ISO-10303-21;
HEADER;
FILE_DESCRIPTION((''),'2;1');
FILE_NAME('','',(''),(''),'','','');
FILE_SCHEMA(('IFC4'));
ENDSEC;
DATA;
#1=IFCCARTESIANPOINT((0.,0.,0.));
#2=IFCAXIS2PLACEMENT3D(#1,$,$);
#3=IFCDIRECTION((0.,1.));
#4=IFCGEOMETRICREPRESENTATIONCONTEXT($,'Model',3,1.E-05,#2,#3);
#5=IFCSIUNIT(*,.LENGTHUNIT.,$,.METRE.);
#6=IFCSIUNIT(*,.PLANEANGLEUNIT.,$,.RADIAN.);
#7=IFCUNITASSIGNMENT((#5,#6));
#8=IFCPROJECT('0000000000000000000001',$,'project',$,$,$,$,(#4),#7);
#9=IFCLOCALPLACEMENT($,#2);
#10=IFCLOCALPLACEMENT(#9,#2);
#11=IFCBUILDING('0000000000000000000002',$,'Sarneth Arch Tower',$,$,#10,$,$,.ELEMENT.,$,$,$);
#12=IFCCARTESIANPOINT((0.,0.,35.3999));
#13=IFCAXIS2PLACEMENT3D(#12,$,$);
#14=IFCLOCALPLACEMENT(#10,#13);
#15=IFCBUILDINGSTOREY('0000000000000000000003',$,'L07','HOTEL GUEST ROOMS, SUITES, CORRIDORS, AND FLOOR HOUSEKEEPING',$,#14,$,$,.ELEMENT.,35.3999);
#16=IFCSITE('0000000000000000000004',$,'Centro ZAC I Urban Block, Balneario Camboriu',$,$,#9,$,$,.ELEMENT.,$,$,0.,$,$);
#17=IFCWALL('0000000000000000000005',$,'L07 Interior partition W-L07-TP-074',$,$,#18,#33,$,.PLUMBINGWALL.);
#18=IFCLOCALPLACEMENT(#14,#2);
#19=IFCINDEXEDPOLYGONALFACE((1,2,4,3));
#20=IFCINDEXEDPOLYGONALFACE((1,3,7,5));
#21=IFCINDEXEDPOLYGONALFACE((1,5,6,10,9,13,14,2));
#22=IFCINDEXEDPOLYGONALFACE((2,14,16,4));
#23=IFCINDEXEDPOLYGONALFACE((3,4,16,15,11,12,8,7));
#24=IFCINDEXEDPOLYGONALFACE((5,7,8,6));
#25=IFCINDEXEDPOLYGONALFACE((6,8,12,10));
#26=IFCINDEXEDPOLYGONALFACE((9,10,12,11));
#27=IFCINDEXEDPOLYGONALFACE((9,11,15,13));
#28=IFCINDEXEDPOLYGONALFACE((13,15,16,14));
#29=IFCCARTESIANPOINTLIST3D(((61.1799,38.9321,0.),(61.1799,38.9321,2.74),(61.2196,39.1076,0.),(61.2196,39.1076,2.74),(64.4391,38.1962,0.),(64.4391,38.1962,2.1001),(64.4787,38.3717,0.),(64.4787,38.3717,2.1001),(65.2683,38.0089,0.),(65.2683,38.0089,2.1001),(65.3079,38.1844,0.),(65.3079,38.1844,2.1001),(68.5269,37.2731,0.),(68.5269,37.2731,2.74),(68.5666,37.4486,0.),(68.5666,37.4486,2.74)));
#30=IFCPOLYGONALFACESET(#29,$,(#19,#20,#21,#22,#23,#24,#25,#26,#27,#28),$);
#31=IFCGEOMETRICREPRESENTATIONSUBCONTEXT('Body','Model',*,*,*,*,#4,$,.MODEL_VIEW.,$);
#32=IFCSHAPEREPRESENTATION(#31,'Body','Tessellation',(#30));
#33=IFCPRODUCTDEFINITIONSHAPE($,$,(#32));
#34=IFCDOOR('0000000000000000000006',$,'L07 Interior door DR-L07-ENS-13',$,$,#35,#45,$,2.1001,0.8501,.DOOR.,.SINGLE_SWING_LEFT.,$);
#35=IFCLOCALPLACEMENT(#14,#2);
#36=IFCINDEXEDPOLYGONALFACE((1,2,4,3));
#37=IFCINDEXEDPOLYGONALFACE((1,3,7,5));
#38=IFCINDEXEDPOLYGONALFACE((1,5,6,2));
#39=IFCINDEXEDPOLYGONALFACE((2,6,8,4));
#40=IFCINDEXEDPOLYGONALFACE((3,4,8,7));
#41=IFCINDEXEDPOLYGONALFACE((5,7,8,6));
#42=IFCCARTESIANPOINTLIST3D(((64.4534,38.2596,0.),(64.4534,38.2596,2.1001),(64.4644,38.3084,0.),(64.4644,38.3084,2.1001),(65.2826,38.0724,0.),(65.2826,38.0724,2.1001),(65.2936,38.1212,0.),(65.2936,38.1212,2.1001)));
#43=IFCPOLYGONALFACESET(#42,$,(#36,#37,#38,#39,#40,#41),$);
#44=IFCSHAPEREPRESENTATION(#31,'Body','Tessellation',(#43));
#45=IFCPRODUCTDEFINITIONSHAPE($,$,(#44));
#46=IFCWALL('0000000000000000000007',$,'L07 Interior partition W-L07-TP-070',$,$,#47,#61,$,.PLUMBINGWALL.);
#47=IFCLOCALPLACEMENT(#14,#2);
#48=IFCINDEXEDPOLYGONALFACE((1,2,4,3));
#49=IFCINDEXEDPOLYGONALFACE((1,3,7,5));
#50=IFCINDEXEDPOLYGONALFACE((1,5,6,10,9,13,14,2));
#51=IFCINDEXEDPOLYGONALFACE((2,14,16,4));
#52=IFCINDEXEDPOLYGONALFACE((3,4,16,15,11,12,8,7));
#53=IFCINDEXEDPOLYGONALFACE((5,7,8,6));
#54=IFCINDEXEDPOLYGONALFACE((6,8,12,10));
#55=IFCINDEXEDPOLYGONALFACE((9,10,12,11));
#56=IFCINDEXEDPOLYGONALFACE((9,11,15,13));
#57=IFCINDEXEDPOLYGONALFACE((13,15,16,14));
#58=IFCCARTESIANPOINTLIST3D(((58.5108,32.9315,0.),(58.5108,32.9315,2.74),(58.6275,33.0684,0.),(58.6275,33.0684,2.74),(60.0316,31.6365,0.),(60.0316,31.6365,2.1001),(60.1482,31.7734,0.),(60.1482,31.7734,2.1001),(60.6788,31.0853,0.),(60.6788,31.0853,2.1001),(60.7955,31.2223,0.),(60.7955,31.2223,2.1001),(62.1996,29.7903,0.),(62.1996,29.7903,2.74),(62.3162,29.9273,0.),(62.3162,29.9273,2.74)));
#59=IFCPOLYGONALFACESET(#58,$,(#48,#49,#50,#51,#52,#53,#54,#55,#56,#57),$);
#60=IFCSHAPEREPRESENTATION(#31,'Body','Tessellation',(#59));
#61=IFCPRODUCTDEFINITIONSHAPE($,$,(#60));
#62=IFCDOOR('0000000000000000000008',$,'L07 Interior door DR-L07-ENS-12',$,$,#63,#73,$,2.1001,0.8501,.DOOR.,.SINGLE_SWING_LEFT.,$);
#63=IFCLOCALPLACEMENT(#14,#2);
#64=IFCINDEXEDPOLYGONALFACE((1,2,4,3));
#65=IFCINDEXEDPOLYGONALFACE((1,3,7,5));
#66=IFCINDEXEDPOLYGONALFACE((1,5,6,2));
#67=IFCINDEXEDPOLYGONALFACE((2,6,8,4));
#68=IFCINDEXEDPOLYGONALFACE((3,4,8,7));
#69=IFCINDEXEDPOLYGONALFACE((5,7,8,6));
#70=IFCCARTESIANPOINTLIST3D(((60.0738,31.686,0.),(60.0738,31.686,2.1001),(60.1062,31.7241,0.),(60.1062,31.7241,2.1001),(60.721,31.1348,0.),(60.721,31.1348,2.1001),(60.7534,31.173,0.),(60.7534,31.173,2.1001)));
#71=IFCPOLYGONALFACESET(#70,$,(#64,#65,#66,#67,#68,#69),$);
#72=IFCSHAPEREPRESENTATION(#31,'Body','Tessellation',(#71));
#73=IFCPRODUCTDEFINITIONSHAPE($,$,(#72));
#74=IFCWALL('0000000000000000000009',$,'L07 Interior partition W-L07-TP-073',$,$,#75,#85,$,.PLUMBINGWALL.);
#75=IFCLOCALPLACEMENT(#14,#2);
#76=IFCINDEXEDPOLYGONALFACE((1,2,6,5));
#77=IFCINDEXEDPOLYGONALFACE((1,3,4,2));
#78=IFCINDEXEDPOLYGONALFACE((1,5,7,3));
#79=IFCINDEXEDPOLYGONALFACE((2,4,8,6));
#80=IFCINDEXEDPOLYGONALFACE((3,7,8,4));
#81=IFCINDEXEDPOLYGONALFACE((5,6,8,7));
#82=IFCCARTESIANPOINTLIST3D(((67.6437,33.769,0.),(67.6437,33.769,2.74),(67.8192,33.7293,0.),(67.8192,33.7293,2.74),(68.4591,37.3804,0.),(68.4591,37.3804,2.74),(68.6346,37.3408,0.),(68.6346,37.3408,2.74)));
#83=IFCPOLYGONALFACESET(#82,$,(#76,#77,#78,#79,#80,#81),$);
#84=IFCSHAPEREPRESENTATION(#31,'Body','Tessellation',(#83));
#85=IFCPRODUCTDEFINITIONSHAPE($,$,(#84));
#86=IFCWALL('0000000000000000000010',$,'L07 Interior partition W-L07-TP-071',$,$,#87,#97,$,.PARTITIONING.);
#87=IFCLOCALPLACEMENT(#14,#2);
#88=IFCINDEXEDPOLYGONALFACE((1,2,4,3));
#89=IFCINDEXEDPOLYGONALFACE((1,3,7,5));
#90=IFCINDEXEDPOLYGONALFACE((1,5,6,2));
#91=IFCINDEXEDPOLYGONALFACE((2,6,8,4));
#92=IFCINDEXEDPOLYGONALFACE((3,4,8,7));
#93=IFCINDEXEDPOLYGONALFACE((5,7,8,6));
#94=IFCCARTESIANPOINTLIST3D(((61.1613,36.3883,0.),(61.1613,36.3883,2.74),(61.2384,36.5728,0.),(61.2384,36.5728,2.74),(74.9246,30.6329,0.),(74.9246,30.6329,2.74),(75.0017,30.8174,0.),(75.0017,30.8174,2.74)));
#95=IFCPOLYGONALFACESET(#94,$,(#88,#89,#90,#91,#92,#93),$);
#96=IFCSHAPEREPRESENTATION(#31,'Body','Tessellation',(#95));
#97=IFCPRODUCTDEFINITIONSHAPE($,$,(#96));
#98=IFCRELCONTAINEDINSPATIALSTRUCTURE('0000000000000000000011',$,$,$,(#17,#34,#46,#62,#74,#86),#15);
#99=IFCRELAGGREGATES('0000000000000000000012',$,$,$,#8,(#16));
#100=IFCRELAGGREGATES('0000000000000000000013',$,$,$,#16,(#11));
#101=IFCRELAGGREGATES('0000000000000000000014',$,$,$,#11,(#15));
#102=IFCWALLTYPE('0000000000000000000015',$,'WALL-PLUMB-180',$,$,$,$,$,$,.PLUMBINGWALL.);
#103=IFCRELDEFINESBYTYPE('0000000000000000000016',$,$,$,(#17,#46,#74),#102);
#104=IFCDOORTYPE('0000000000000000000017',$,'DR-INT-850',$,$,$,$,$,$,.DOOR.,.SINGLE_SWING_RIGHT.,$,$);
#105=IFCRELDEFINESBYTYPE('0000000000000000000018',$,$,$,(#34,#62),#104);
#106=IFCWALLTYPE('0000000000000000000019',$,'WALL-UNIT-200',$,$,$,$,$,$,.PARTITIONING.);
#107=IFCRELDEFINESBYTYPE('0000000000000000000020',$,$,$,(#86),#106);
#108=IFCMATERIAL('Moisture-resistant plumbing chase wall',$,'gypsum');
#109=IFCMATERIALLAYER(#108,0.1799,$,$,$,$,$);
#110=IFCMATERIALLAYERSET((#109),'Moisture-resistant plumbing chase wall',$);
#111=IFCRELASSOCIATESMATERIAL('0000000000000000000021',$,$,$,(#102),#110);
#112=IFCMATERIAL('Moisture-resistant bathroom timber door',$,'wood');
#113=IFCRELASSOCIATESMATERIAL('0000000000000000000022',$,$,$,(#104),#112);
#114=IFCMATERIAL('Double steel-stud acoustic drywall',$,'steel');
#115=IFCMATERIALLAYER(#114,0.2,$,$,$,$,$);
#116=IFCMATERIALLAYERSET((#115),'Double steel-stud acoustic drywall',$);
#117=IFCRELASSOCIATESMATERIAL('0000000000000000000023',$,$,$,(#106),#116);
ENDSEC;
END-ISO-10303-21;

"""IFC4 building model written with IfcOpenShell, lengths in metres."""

from ifc_helpers import new_model, si_unit, direction, frame, frame_2d, origin, place, context, subcontext, project, spatial, rectangle, extrude, material, layer, layer_set, type_object, element, fill, save


model = new_model("IFC4")

# Units and contexts
model_context = context("Model", 3, precision=1e-05, world=origin(), true_north=direction((0.0, 1.0)))
body_context = subcontext(model_context, "Body", "Model", "MODEL_VIEW")
ifc_project = project(units=[si_unit("LENGTHUNIT", "METRE"), si_unit("PLANEANGLEUNIT", "RADIAN")], contexts=[model_context])

# Site, building, storey
site_placement = place(None, origin())
site = spatial("IfcSite", under=ifc_project, at=site_placement, Name="Centro ZAC I Urban Block, Balneario Camboriu", CompositionType="ELEMENT", RefElevation=0.0)
building_placement = place(site_placement, origin())
building = spatial("IfcBuilding", under=site, at=building_placement, Name="Sarneth Arch Tower", CompositionType="ELEMENT")
storey_placement = place(building_placement, frame((0.0, 0.0, 35.3999)))
storey = spatial("IfcBuildingStorey", under=building, at=storey_placement, Name="L07", Description="HOTEL GUEST ROOMS, SUITES, CORRIDORS, AND FLOOR HOUSEKEEPING", CompositionType="ELEMENT", Elevation=35.3999)

# Walls, openings, doors
ifc_material_1 = material(Name="Moisture-resistant plumbing chase wall", Category="gypsum")
ifc_layer_1 = layer(ifc_material_1, 0.1799)
ifc_layer_set_1 = layer_set([ifc_layer_1], Name="Moisture-resistant plumbing chase wall")
wall_type_1 = type_object("IfcWallType", Name="WALL-PLUMB-180", PredefinedType="PLUMBINGWALL", material=ifc_layer_set_1)
wall_1_placement = place(storey_placement, frame((68.5469, 37.3608, 0.0), z_axis=(0.0, 0.0, 1.0), x_axis=(-0.975442, 0.220255, 0.0)))
wall_1 = element("IfcWall", 1, at=wall_1_placement, inside=storey, type_object=wall_type_1, Name="L07 Interior partition W-L07-TP-074", PredefinedType="PLUMBINGWALL", context=body_context, shape_type="SweptSolid", body=[
    extrude(rectangle(XDim=7.532, YDim=0.1799, at=frame_2d((3.7661, 0.0))), origin(), (0.0, 0.0, 1.0), 2.74),
])
opening_1_placement = place(wall_1_placement, frame((3.3408, 0.0, 0.0)))
opening_1 = element("IfcOpeningElement", 2, at=opening_1_placement, cuts=wall_1, PredefinedType="OPENING", context=body_context, shape_type="SweptSolid", body=[
    extrude(rectangle(XDim=0.8501, YDim=2.1001, at=frame_2d((0.425, 1.05))), frame((0.0, 0.0999, 0.0), z_axis=(0.0, -1.0, 0.0), x_axis=(1.0, 0.0, 0.0)), (0.0, 0.0, 1.0), 0.2),
])
ifc_material_2 = material(Name="Moisture-resistant bathroom timber door", Category="wood")
door_type_1 = type_object("IfcDoorType", Name="DR-INT-850", OperationType="SINGLE_SWING_RIGHT", PredefinedType="DOOR", material=ifc_material_2)
door_1_placement = place(opening_1_placement, origin())
door_1 = element("IfcDoor", 3, at=door_1_placement, inside=storey, type_object=door_type_1, Name="L07 Interior door DR-L07-ENS-13", OperationType="SINGLE_SWING_LEFT", OverallHeight=2.1001, OverallWidth=0.8501, PredefinedType="DOOR", context=body_context, shape_type="SweptSolid", body=[
    extrude(rectangle(XDim=0.8501, YDim=2.1001, at=frame_2d((0.425, 1.05))), frame((0.0, 0.0249, 0.0), z_axis=(0.0, -1.0, 0.0), x_axis=(1.0, 0.0, 0.0)), (0.0, 0.0, 1.0), 0.05),
])
fill(opening_1, door_1)
wall_2_placement = place(storey_placement, frame((62.2578, 29.8589, 0.0), z_axis=(0.0, 0.0, 1.0), x_axis=(-0.761358, 0.648331, 0.0)))
wall_2 = element("IfcWall", 4, at=wall_2_placement, inside=storey, type_object=wall_type_1, Name="L07 Interior partition W-L07-TP-070", PredefinedType="PLUMBINGWALL", context=body_context, shape_type="SweptSolid", body=[
    extrude(rectangle(XDim=4.845, YDim=0.1799, at=frame_2d((2.4224, 0.0))), origin(), (0.0, 0.0, 1.0), 2.74),
])
opening_2_placement = place(wall_2_placement, frame((1.9973, 0.0, 0.0)))
opening_2 = element("IfcOpeningElement", 5, at=opening_2_placement, cuts=wall_2, PredefinedType="OPENING", context=body_context, shape_type="SweptSolid", body=[
    extrude(rectangle(XDim=0.8501, YDim=2.1001, at=frame_2d((0.425, 1.05))), frame((0.0, 0.0999, 0.0), z_axis=(0.0, -1.0, 0.0), x_axis=(1.0, 0.0, 0.0)), (0.0, 0.0, 1.0), 0.2),
])
door_2_placement = place(opening_2_placement, origin())
door_2 = element("IfcDoor", 6, at=door_2_placement, inside=storey, type_object=door_type_1, Name="L07 Interior door DR-L07-ENS-12", OperationType="SINGLE_SWING_LEFT", OverallHeight=2.1001, OverallWidth=0.8501, PredefinedType="DOOR", context=body_context, shape_type="SweptSolid", body=[
    extrude(rectangle(XDim=0.8501, YDim=2.1001, at=frame_2d((0.425, 1.05))), frame((0.0, 0.0249, 0.0), z_axis=(0.0, -1.0, 0.0), x_axis=(1.0, 0.0, 0.0)), (0.0, 0.0, 1.0), 0.05),
])
fill(opening_2, door_2)

# Walls
wall_3_placement = place(storey_placement, frame((67.7314, 33.7493, 0.0), z_axis=(0.0, 0.0, 1.0), x_axis=(0.220239, 0.975446, 0.0)))
element("IfcWall", 7, at=wall_3_placement, inside=storey, type_object=wall_type_1, Name="L07 Interior partition W-L07-TP-073", PredefinedType="PLUMBINGWALL", context=body_context, shape_type="SweptSolid", body=[
    extrude(rectangle(XDim=3.7024, YDim=0.1799, at=frame_2d((1.8511, 0.0))), origin(), (0.0, 0.0, 1.0), 2.74),
])
ifc_material_3 = material(Name="Double steel-stud acoustic drywall", Category="steel")
ifc_layer_2 = layer(ifc_material_3, 0.2)
ifc_layer_set_2 = layer_set([ifc_layer_2], Name="Double steel-stud acoustic drywall")
wall_type_2 = type_object("IfcWallType", Name="WALL-UNIT-200", PredefinedType="PARTITIONING", material=ifc_layer_set_2)
wall_4_placement = place(storey_placement, frame((61.2, 36.4805, 0.0), z_axis=(0.0, 0.0, 1.0), x_axis=(0.922586, -0.385792, 0.0)))
element("IfcWall", 8, at=wall_4_placement, inside=storey, type_object=wall_type_2, Name="L07 Interior partition W-L07-TP-071", PredefinedType="PARTITIONING", context=body_context, shape_type="SweptSolid", body=[
    extrude(rectangle(XDim=14.9182, YDim=0.2, at=frame_2d((7.459, 0.0))), origin(), (0.0, 0.0, 1.0), 2.74),
])

save(model, "model.ifc")
